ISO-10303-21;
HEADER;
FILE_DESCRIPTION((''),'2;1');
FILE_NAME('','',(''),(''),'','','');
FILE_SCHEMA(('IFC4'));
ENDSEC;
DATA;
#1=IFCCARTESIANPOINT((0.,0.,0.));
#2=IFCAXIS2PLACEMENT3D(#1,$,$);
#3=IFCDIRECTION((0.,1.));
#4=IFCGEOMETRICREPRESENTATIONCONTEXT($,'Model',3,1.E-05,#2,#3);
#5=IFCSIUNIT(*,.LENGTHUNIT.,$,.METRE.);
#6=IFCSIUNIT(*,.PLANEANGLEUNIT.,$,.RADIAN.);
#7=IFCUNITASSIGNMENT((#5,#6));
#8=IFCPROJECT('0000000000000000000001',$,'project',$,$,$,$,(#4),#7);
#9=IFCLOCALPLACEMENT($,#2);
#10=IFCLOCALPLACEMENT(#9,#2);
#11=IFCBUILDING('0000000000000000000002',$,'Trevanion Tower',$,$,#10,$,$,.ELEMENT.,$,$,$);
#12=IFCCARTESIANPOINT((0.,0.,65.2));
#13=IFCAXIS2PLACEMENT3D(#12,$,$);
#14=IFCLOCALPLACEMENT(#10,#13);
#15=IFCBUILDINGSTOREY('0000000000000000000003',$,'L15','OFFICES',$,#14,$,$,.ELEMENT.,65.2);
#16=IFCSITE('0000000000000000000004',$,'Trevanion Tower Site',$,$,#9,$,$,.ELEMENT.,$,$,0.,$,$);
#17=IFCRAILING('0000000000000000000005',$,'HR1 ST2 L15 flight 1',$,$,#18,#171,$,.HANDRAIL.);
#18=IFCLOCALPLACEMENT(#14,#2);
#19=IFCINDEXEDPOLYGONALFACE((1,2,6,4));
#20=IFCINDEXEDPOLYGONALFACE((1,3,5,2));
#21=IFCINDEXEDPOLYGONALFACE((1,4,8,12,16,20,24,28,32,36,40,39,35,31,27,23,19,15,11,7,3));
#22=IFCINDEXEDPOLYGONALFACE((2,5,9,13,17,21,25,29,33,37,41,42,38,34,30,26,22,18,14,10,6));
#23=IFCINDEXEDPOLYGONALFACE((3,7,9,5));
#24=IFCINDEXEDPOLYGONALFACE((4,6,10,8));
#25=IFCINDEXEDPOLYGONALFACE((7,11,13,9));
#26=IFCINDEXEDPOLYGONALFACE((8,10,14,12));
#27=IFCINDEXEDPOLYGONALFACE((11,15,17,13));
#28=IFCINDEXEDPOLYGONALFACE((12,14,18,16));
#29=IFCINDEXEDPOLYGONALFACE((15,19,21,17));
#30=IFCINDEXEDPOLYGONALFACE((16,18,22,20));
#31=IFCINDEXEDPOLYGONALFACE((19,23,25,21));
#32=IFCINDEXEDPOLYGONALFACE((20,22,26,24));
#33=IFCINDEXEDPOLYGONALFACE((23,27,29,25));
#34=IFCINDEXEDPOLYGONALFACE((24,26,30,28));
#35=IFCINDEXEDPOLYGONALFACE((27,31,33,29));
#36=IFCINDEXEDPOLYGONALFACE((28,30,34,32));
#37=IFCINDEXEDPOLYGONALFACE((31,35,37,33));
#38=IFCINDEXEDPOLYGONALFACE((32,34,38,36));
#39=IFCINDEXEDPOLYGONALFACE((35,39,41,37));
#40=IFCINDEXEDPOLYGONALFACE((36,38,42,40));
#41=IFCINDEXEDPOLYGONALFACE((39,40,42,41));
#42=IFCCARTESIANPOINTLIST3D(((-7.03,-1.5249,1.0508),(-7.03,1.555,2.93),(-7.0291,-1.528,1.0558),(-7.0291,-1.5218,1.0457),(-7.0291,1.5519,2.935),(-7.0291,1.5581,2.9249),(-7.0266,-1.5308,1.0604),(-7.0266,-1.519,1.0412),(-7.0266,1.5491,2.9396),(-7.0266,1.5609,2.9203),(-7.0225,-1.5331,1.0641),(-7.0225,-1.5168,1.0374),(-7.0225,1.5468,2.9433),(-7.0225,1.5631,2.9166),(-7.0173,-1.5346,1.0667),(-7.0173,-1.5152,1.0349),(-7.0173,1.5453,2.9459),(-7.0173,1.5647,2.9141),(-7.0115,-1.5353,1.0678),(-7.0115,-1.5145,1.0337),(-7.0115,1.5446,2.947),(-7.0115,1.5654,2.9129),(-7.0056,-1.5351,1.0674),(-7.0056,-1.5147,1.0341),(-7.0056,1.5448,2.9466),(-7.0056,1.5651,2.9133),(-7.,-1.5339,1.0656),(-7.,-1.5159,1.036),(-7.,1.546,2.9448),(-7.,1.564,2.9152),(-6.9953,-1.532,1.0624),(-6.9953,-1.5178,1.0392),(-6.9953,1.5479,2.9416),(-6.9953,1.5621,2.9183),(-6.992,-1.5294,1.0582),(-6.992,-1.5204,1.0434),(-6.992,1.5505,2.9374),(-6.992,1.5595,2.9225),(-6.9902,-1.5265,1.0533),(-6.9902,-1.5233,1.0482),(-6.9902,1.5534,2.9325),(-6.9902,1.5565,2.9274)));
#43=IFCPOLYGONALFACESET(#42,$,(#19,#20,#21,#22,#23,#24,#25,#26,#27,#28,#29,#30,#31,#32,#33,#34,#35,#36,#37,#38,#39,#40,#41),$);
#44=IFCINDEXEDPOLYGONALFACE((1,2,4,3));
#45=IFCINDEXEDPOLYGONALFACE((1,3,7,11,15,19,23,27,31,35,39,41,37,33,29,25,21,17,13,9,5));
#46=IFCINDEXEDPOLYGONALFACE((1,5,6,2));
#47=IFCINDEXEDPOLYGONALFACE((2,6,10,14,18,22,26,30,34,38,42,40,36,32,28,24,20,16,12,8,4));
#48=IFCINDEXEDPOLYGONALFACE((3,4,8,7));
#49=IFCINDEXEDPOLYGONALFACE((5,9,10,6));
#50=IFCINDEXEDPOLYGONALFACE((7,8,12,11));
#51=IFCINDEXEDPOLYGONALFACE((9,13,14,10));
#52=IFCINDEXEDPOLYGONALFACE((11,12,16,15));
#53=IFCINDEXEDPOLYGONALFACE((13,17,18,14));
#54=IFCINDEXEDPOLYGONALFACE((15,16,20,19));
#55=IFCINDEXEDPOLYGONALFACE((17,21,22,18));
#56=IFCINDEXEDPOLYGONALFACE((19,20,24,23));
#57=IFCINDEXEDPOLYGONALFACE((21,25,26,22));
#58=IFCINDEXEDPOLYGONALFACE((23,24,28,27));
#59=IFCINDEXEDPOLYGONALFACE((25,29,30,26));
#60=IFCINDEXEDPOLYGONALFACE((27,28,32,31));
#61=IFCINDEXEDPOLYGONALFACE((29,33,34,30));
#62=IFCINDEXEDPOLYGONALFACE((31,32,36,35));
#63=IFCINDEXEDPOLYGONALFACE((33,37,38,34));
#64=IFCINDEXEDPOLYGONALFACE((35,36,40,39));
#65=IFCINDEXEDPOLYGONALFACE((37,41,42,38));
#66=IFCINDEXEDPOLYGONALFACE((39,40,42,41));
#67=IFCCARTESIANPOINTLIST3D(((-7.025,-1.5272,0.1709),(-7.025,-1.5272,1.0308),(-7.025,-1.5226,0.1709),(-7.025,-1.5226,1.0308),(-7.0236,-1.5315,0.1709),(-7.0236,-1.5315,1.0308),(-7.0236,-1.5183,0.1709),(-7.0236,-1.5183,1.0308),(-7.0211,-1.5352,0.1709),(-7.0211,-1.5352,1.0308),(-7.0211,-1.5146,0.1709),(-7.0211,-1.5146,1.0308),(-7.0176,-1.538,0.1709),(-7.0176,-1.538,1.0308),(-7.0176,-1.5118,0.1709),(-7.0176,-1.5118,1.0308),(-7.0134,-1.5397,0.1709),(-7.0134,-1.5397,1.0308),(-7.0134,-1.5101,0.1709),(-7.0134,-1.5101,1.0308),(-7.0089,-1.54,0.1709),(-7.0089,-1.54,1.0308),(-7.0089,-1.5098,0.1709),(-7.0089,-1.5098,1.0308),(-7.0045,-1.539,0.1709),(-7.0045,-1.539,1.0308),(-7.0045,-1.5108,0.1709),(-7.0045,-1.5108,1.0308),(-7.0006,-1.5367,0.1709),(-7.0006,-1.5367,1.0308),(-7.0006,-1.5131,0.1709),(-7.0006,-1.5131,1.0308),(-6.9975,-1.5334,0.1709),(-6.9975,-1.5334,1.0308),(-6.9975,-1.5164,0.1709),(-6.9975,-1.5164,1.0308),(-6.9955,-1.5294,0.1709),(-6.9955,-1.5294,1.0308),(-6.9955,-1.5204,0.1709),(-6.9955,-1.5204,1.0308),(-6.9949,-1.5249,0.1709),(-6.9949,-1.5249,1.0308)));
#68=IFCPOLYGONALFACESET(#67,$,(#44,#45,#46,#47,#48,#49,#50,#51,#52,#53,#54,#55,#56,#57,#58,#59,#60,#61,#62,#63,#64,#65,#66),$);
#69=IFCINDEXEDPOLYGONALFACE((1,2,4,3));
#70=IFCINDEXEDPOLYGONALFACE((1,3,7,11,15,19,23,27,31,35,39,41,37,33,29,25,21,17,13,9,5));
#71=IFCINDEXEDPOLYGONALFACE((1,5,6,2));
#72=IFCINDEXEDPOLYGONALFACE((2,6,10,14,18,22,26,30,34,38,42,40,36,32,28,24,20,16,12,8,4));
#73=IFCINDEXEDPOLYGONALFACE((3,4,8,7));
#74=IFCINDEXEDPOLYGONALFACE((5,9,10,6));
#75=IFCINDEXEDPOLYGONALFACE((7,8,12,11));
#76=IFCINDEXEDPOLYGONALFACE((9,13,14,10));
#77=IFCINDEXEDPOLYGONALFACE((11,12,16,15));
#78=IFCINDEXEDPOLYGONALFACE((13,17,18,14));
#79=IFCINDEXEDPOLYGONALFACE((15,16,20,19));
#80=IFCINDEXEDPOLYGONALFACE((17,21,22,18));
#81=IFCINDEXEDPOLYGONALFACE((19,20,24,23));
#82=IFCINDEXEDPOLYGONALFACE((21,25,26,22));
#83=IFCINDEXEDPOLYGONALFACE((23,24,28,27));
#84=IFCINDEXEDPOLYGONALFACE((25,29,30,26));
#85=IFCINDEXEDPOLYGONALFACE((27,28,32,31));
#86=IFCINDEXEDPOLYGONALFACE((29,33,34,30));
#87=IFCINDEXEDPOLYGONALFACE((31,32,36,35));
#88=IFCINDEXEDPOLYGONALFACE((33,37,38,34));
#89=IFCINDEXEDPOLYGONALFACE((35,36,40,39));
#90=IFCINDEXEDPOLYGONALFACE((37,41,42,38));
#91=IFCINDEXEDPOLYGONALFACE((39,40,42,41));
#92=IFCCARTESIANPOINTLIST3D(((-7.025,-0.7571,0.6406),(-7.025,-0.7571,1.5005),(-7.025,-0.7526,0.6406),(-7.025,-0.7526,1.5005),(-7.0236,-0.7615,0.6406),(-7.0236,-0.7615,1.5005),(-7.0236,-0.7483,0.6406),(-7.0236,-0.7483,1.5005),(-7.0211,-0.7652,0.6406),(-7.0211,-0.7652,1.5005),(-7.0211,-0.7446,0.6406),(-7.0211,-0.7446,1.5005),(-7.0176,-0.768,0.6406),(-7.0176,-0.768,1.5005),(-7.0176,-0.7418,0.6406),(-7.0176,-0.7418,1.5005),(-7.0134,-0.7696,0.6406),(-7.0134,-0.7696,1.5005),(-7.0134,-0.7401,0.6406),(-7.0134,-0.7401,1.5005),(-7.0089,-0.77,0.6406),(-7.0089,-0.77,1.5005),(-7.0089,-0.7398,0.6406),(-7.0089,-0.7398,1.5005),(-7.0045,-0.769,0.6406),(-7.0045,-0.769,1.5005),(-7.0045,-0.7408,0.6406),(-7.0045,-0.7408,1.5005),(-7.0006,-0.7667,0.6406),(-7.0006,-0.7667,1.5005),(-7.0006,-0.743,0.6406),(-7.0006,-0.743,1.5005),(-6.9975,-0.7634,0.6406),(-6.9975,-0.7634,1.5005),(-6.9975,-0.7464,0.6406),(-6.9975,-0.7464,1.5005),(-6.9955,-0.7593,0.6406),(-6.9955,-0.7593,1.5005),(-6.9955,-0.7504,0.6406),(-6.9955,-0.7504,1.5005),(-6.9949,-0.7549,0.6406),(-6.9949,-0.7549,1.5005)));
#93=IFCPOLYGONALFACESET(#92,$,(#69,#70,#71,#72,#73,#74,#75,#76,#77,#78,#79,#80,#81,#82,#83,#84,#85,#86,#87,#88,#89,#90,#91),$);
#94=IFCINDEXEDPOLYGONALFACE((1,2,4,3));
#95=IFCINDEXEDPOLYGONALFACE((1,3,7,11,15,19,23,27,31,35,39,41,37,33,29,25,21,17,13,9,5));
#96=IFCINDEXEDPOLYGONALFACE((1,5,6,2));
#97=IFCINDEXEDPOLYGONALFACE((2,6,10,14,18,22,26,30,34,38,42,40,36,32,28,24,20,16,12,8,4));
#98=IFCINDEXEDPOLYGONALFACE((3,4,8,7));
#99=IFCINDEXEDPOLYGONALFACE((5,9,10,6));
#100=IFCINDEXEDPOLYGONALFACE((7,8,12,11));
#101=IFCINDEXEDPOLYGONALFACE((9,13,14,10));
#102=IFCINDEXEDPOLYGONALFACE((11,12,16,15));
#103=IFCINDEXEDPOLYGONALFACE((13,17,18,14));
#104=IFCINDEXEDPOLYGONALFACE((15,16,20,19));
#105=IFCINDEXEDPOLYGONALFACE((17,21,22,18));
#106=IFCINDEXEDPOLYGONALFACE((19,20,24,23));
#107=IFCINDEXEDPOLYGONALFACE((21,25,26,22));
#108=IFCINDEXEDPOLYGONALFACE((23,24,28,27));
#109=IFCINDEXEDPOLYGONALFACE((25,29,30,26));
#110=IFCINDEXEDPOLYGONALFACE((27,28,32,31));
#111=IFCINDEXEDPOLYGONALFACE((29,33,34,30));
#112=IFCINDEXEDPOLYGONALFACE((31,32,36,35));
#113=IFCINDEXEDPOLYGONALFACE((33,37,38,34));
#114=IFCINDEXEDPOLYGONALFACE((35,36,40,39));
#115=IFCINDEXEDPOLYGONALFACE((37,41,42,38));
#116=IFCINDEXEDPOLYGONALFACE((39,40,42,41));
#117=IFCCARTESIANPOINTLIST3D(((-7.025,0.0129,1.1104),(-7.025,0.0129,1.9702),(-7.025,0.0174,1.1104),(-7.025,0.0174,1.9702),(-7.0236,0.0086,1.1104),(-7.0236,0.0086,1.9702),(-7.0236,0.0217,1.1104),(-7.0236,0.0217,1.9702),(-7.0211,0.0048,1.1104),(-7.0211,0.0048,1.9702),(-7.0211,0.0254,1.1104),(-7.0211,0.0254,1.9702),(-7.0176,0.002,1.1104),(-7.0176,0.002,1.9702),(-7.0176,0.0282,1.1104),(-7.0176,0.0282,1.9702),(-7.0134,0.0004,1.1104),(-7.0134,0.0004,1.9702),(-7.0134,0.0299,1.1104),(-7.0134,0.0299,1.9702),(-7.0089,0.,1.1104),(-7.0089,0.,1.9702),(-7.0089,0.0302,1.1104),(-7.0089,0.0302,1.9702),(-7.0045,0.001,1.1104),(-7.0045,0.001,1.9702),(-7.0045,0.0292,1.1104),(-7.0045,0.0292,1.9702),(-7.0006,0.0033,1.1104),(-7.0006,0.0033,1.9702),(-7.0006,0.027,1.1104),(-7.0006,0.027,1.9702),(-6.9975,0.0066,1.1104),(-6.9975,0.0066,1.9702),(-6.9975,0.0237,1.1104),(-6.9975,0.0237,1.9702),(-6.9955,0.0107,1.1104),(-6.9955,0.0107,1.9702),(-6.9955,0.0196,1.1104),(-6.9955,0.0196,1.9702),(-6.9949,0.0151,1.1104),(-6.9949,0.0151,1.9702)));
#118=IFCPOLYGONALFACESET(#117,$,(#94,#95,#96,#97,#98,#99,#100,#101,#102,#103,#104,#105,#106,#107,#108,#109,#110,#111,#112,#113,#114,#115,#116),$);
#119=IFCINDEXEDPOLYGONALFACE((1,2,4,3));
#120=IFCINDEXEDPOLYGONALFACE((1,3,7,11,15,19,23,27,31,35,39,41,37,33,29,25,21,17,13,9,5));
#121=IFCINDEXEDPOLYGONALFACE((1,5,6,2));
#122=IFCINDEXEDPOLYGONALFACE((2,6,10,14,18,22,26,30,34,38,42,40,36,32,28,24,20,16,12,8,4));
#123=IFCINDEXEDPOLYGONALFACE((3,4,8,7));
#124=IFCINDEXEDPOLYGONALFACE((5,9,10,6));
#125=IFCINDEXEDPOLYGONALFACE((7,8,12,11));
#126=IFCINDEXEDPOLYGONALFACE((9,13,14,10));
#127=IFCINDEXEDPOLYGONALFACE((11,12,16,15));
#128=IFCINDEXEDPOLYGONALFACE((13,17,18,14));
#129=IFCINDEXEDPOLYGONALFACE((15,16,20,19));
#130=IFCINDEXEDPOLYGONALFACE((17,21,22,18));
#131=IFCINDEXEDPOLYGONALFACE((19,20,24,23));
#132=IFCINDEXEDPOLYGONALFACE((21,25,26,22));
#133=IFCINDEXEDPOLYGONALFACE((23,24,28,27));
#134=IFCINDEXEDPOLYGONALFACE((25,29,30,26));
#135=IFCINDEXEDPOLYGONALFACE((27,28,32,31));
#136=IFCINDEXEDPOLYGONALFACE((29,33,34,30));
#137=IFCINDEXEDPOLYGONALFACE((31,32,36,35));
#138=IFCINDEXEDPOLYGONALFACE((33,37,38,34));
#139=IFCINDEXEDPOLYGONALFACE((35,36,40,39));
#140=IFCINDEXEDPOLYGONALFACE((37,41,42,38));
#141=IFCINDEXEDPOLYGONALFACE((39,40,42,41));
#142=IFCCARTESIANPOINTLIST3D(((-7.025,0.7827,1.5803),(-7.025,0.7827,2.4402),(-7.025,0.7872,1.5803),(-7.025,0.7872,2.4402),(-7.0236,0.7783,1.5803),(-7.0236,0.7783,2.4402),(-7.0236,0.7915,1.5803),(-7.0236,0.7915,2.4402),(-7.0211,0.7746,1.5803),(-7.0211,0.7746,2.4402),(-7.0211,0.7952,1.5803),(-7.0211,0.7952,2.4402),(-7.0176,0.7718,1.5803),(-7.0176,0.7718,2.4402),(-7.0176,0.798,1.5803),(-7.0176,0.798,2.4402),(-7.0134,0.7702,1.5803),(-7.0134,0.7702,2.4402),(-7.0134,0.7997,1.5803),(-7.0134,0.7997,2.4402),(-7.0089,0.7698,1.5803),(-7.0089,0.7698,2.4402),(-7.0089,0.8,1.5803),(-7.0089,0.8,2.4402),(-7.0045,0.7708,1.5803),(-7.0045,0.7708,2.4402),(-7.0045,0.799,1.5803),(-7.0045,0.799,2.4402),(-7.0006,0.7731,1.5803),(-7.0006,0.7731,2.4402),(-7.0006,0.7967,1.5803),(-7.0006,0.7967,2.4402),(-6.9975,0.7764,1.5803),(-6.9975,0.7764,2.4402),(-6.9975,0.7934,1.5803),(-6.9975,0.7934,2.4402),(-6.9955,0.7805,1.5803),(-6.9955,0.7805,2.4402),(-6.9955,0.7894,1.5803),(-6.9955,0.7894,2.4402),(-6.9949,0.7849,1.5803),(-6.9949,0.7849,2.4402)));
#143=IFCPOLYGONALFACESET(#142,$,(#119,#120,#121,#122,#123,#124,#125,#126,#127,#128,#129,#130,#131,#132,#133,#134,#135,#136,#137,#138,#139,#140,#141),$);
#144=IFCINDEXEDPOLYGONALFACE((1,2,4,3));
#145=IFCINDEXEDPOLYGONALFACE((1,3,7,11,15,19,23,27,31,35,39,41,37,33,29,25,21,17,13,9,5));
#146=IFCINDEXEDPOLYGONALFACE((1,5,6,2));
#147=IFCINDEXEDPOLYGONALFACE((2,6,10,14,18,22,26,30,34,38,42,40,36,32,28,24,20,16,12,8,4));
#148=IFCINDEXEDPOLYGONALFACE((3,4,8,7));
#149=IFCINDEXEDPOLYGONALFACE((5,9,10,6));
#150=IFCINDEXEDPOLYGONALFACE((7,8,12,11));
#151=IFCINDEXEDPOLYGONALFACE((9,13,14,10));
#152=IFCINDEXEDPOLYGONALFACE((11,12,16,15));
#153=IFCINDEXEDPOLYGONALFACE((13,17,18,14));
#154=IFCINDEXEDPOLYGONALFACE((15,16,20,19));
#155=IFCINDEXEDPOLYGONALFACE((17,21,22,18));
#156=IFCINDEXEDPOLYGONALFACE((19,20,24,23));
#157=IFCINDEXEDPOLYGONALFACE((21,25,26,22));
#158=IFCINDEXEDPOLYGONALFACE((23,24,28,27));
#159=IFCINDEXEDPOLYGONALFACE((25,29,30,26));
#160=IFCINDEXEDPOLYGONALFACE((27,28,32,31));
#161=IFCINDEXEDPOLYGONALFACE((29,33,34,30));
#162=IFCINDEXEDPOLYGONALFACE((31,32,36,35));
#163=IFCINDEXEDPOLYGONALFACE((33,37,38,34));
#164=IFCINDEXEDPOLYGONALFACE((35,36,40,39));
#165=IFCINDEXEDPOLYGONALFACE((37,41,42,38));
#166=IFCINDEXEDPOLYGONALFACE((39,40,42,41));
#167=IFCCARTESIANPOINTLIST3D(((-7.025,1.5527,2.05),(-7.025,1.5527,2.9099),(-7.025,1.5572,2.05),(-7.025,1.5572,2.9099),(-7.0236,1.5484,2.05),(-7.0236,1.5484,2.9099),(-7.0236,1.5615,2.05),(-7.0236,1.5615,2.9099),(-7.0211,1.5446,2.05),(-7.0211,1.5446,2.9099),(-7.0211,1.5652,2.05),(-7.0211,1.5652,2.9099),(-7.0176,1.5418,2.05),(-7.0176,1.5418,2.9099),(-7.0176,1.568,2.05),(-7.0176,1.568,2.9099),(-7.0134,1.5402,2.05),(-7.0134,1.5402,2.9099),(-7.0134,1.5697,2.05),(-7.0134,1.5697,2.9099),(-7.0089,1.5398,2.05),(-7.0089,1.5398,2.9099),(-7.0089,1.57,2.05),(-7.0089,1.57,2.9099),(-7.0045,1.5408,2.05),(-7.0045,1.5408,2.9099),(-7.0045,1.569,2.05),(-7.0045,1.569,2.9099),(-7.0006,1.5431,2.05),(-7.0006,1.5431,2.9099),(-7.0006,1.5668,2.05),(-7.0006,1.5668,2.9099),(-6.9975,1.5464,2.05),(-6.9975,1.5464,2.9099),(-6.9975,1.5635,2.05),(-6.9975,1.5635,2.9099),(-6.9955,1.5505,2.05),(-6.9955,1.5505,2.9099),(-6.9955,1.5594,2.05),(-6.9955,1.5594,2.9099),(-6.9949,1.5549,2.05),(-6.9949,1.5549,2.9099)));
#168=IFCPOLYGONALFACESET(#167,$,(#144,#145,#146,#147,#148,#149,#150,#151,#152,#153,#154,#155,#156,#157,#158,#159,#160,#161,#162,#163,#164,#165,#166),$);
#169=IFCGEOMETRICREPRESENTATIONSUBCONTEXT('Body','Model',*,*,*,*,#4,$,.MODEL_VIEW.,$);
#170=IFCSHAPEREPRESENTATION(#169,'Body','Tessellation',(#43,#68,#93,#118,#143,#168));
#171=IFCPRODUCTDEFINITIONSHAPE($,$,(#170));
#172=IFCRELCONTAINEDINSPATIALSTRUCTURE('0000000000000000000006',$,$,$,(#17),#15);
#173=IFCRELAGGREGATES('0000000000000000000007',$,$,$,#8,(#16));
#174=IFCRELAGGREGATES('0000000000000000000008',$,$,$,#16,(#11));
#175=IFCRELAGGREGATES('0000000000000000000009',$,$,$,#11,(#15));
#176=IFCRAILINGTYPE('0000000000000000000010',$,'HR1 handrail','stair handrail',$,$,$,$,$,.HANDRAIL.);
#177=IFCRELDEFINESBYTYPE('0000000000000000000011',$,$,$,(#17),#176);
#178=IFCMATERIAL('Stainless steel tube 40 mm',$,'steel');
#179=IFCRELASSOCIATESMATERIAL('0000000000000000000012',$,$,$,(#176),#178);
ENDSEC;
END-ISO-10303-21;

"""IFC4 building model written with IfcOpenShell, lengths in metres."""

from ifc_helpers import new_model, si_unit, direction, frame, origin, origin_2d, place, context, subcontext, project, spatial, circle, extrude, material, type_object, element, save


model = new_model("IFC4")

# Units and contexts
model_context = context("Model", 3, precision=1e-05, world=origin(), true_north=direction((0.0, 1.0)))
body_context = subcontext(model_context, "Body", "Model", "MODEL_VIEW")
ifc_project = project(units=[si_unit("LENGTHUNIT", "METRE"), si_unit("PLANEANGLEUNIT", "RADIAN")], contexts=[model_context])

# Site, building, storey
site_placement = place(None, origin())
site = spatial("IfcSite", under=ifc_project, at=site_placement, Name="Trevanion Tower Site", CompositionType="ELEMENT", RefElevation=0.0)
building_placement = place(site_placement, origin())
building = spatial("IfcBuilding", under=site, at=building_placement, Name="Trevanion Tower", CompositionType="ELEMENT")
storey_placement = place(building_placement, frame((0.0, 0.0, 65.2)))
storey = spatial("IfcBuildingStorey", under=building, at=storey_placement, Name="L15", Description="OFFICES", CompositionType="ELEMENT", Elevation=65.2)

# Railing
ifc_material_1 = material(Name="Stainless steel tube 40 mm", Category="steel")
railing_type = type_object("IfcRailingType", Name="HR1 handrail", Description="stair handrail", PredefinedType="HANDRAIL", material=ifc_material_1)
for number, where, name in (
    (1, (-7.01, -1.5249, 0.1709), "HR1 ST2 L15 flight 1"),
):
    element("IfcRailing", number, at=place(storey_placement, frame(where)), inside=storey, type_object=railing_type, Name=name, PredefinedType="HANDRAIL", context=body_context, shape_type="SweptSolid", body=[
        extrude(circle(Radius=0.02, at=origin_2d()), frame((0.0, 0.0, 0.8799), z_axis=(0.0, 0.853648, 0.52085), x_axis=(-1.0, 0.0, 0.0)), (0.0, 0.0, 1.0), 3.6079),
        extrude(circle(Radius=0.0151, at=origin_2d()), origin(), (0.0, 0.0, 1.0), 0.8599),
        extrude(circle(Radius=0.0151, at=origin_2d()), frame((0.0, 0.77, 0.4697)), (0.0, 0.0, 1.0), 0.8599),
        extrude(circle(Radius=0.0151, at=origin_2d()), frame((0.0, 1.54, 0.9395)), (0.0, 0.0, 1.0), 0.8599),
        extrude(circle(Radius=0.0151, at=origin_2d()), frame((0.0, 2.3098, 1.4094)), (0.0, 0.0, 1.0), 0.8599),
        extrude(circle(Radius=0.0151, at=origin_2d()), frame((0.0, 3.0798, 1.8792)), (0.0, 0.0, 1.0), 0.8599),
    ])

save(model, "model.ifc")
